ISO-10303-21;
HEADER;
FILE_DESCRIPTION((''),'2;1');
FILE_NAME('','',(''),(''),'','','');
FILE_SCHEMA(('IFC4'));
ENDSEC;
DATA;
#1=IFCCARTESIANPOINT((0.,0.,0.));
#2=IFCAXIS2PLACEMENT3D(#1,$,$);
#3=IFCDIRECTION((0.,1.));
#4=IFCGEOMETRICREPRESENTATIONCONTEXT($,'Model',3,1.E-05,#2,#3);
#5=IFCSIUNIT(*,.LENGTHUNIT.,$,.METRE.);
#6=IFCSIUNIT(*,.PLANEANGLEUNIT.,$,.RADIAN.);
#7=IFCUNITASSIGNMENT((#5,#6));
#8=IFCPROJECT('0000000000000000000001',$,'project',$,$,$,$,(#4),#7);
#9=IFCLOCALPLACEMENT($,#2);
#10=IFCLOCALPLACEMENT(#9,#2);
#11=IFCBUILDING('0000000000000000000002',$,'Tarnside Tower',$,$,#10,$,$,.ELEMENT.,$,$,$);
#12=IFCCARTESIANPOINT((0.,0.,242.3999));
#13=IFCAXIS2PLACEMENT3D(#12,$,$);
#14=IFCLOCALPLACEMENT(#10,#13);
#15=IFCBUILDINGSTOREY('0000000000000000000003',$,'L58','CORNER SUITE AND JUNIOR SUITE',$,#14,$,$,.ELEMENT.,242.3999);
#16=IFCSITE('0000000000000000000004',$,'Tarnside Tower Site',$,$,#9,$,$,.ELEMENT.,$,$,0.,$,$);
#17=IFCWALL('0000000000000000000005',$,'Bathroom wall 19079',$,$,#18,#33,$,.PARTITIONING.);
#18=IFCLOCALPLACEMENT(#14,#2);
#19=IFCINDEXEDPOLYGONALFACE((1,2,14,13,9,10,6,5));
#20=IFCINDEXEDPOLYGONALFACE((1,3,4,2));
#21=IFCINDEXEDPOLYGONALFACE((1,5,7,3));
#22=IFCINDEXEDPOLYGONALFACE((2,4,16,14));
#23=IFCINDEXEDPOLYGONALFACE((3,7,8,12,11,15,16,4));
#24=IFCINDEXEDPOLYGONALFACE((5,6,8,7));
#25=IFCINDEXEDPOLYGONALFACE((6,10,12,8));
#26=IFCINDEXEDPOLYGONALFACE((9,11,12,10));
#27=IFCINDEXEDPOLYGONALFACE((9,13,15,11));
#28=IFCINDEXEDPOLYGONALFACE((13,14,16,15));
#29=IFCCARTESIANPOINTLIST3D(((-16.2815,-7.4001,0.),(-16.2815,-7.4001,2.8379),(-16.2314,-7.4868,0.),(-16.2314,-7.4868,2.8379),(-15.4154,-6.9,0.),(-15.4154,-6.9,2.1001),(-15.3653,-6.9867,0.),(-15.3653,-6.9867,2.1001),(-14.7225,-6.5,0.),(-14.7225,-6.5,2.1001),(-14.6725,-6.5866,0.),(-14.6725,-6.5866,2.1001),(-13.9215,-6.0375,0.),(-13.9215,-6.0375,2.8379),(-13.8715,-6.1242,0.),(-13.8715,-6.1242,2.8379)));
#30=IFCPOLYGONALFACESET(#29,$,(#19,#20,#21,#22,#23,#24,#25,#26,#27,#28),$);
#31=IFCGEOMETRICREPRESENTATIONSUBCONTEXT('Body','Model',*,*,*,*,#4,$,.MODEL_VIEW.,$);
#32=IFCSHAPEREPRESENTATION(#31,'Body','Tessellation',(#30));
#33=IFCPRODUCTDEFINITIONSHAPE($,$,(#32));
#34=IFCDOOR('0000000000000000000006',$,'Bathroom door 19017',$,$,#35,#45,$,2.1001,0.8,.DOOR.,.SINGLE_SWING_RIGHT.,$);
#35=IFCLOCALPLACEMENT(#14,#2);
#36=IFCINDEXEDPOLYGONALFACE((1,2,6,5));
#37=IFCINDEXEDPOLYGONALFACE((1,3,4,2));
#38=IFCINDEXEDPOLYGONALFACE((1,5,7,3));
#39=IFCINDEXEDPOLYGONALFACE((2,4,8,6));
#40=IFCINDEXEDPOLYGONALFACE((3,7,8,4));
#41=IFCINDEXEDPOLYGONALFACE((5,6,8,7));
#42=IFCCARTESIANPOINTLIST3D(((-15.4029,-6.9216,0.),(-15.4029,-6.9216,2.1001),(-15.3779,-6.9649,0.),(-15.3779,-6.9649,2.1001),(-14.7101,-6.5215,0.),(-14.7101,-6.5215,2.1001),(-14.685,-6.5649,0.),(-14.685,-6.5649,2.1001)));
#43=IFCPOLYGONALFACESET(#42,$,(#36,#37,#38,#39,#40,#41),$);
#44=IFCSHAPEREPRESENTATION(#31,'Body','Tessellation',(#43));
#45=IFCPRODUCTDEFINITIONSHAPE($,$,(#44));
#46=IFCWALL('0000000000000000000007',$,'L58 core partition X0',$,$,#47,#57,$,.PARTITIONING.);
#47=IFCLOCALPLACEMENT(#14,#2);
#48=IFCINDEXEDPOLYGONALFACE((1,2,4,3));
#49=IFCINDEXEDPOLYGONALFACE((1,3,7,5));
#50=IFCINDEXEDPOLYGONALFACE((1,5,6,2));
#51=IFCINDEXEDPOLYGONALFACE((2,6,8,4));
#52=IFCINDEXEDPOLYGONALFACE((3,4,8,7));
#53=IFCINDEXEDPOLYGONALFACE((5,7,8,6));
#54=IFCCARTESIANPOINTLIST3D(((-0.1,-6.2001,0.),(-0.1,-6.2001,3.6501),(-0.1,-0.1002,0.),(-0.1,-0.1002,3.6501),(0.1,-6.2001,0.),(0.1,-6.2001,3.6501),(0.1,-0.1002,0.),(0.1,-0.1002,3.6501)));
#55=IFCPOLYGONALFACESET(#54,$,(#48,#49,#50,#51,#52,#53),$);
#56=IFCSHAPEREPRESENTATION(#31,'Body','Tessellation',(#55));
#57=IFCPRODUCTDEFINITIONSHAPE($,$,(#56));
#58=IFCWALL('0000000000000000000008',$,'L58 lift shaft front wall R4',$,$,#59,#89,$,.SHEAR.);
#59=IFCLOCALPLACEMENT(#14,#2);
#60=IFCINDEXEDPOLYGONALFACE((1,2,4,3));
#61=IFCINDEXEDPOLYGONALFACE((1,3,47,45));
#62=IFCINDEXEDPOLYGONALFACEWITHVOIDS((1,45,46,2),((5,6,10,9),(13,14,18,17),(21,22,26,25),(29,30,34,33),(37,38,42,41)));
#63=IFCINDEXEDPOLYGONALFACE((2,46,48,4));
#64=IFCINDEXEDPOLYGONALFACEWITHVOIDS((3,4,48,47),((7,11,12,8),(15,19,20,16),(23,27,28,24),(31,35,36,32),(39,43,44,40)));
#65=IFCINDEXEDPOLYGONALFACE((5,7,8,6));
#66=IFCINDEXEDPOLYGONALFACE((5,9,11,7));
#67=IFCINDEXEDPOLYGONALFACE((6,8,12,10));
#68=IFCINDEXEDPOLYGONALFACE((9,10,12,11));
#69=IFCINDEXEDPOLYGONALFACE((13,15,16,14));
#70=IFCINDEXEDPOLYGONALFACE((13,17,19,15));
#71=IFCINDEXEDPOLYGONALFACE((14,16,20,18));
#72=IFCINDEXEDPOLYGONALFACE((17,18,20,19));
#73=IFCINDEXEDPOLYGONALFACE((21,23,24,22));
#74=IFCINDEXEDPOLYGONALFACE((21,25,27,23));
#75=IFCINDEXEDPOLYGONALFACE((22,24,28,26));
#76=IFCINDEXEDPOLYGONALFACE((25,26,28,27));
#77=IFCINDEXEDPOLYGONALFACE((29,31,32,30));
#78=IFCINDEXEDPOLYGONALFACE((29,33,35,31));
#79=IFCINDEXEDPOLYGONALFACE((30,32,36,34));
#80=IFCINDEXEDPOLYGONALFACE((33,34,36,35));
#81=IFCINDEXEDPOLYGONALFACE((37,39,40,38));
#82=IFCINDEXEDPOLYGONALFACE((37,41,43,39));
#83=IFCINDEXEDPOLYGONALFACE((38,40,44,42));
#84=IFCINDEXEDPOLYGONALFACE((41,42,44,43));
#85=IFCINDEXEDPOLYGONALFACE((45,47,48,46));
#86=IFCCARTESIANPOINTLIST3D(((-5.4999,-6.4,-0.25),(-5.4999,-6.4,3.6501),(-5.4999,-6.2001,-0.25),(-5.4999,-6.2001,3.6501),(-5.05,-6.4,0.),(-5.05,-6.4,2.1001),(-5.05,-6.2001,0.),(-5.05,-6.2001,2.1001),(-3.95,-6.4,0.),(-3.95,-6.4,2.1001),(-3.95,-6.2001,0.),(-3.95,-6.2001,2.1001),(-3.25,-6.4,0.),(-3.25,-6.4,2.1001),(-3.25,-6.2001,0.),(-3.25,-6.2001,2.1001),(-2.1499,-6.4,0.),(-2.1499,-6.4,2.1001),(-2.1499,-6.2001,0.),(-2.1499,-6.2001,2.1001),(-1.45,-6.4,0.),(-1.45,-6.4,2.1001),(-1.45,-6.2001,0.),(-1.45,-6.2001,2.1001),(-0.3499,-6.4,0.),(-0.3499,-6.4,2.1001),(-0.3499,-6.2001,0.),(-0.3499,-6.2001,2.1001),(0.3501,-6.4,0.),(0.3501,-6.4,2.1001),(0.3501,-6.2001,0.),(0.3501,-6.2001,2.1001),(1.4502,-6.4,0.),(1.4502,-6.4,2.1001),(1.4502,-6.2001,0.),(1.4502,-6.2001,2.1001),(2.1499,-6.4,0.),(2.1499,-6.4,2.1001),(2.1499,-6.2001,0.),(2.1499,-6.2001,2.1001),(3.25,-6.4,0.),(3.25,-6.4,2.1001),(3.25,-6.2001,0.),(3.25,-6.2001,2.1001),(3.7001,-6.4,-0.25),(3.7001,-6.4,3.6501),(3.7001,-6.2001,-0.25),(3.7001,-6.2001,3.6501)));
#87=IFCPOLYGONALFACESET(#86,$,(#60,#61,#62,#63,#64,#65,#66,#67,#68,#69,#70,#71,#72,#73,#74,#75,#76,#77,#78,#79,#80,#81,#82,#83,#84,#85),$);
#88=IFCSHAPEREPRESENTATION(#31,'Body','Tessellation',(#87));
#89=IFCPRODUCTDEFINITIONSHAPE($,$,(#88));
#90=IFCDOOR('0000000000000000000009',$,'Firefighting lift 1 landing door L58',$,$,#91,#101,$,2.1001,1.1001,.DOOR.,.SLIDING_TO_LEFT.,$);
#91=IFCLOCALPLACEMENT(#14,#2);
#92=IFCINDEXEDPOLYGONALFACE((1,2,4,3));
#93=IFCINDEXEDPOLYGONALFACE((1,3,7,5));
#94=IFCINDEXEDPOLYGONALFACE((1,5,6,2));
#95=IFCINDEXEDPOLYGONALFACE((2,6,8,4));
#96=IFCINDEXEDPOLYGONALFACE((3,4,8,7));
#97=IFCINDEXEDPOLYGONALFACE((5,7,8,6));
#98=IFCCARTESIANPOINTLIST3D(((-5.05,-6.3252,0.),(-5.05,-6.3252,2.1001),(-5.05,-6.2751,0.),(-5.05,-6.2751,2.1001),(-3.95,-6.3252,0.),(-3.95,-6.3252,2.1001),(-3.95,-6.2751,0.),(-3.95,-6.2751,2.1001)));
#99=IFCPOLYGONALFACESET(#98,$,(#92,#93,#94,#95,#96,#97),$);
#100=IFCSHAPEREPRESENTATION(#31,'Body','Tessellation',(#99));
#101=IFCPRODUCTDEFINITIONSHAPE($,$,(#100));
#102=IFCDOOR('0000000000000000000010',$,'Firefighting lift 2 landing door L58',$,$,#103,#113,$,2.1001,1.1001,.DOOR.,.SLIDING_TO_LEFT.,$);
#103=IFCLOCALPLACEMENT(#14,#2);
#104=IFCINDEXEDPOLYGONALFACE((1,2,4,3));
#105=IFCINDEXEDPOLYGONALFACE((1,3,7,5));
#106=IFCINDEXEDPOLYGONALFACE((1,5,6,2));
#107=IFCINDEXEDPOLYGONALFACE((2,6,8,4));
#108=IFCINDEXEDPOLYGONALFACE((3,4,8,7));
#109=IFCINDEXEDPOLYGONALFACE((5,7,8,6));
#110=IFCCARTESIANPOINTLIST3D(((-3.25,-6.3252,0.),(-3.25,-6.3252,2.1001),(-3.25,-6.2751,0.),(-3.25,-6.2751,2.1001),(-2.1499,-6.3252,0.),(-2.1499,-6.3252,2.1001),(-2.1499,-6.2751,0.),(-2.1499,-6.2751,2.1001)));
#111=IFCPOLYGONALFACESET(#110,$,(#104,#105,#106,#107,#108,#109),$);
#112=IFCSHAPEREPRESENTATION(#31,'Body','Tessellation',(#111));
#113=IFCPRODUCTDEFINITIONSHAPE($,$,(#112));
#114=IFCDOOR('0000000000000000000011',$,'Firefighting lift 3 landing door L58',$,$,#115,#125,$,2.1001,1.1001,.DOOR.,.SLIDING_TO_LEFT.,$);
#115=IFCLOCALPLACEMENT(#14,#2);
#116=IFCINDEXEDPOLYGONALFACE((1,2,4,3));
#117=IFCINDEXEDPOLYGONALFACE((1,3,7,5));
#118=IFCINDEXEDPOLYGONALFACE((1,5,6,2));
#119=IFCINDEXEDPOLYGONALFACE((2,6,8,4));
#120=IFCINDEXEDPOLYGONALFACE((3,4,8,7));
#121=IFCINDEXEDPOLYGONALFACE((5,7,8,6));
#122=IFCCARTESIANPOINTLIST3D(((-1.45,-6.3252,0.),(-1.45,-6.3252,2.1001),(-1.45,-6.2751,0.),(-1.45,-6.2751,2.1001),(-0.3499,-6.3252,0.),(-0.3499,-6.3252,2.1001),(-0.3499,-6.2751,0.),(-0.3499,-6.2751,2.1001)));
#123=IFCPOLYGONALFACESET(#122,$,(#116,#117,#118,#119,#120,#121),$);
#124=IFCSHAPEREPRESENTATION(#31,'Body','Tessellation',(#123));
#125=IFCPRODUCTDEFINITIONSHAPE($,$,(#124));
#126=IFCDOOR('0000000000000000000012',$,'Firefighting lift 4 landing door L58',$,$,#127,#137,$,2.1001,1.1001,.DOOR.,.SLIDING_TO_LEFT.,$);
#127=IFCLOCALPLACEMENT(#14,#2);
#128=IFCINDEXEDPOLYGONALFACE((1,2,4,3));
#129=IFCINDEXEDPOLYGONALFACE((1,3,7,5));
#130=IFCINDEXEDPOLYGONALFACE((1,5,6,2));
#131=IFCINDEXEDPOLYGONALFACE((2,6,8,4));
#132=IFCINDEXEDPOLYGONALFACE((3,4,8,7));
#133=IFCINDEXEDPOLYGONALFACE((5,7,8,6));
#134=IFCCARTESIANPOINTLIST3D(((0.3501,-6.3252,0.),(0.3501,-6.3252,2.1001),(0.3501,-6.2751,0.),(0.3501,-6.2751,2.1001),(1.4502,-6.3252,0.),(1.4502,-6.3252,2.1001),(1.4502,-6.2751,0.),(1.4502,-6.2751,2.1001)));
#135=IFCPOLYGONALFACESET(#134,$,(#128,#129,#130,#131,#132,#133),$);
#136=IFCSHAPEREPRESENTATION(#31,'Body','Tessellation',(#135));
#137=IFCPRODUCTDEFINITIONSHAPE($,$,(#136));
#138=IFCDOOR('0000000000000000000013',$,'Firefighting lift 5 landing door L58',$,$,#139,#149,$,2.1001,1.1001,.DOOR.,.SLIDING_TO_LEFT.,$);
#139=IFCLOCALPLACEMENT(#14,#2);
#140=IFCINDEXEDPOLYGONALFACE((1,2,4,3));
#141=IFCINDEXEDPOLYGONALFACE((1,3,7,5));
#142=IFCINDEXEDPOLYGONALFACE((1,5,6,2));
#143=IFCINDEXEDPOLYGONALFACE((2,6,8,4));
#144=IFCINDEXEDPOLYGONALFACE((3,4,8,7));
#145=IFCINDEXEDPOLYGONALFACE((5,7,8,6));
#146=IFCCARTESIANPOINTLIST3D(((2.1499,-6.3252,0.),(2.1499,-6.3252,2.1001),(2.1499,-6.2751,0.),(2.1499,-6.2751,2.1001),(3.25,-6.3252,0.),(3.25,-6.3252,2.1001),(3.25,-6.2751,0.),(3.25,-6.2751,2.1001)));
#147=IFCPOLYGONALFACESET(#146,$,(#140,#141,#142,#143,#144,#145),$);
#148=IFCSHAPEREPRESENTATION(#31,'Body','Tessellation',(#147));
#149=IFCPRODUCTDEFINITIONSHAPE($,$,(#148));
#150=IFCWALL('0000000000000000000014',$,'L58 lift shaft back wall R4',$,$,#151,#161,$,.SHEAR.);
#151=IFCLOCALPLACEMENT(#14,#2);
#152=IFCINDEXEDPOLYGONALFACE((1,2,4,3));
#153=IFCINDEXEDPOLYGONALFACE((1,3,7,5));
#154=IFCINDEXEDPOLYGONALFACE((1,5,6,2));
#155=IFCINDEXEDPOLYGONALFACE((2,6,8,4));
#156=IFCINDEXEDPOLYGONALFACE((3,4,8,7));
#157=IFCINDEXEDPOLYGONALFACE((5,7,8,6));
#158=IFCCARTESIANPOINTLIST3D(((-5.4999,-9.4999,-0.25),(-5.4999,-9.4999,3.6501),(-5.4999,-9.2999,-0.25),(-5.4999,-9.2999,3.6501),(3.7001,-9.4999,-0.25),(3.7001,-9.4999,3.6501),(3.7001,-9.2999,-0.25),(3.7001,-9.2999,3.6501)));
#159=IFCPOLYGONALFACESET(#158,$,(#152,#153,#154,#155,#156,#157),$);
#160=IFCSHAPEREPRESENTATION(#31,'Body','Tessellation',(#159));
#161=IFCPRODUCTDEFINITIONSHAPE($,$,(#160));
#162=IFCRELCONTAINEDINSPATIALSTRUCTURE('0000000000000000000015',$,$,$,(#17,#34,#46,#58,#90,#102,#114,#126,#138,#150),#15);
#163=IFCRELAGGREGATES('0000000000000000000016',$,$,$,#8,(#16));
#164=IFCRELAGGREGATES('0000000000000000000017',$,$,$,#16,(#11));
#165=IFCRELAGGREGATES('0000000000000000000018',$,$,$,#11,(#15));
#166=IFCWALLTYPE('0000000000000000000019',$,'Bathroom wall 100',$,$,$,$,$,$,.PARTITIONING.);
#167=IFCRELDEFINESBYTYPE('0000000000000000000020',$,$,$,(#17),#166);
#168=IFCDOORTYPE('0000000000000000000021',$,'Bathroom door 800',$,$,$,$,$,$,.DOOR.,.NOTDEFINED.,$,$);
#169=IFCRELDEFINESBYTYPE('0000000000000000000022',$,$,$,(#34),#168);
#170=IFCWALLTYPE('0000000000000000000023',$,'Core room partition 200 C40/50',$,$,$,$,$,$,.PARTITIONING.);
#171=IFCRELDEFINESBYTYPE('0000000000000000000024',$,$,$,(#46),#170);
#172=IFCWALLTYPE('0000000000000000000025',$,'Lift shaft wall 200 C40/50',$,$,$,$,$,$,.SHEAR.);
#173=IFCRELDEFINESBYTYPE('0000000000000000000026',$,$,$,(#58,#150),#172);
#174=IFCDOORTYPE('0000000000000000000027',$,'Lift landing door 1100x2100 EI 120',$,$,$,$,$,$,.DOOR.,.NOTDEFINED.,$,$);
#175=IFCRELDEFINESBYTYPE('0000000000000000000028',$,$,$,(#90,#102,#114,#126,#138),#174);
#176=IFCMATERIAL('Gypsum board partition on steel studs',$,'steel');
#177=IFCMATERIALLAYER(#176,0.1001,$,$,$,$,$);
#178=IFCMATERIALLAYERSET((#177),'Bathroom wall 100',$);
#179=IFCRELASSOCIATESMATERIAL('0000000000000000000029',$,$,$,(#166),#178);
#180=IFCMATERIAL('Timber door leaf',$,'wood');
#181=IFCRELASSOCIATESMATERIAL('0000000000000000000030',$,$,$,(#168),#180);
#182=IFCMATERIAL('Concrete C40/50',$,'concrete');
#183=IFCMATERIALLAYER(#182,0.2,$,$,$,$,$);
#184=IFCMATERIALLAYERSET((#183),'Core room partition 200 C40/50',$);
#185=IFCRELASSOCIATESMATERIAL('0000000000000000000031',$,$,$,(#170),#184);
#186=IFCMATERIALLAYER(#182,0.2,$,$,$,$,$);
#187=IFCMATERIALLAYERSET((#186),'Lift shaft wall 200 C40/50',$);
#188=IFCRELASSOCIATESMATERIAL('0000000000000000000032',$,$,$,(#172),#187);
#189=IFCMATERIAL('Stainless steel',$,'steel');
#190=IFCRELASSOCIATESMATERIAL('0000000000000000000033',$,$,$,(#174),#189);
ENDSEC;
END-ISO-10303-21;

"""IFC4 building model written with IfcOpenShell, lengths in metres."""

from ifc_helpers import new_model, si_unit, direction, frame, frame_2d, origin, place, context, subcontext, project, spatial, rectangle, extrude, material, layer, layer_set, type_object, element, fill, save


model = new_model("IFC4")

# Units and contexts
model_context = context("Model", 3, precision=1e-05, world=origin(), true_north=direction((0.0, 1.0)))
body_context = subcontext(model_context, "Body", "Model", "MODEL_VIEW")
ifc_project = project(units=[si_unit("LENGTHUNIT", "METRE"), si_unit("PLANEANGLEUNIT", "RADIAN")], contexts=[model_context])

# Site, building, storey
site_placement = place(None, origin())
site = spatial("IfcSite", under=ifc_project, at=site_placement, Name="Tarnside Tower Site", CompositionType="ELEMENT", RefElevation=0.0)
building_placement = place(site_placement, origin())
building = spatial("IfcBuilding", under=site, at=building_placement, Name="Tarnside Tower", CompositionType="ELEMENT")
storey_placement = place(building_placement, frame((0.0, 0.0, 242.3999)))
storey = spatial("IfcBuildingStorey", under=building, at=storey_placement, Name="L58", Description="CORNER SUITE AND JUNIOR SUITE", CompositionType="ELEMENT", Elevation=242.3999)

# Wall, opening, door
ifc_material_1 = material(Name="Gypsum board partition on steel studs", Category="steel")
ifc_layer_1 = layer(ifc_material_1, 0.1001)
ifc_layer_set_1 = layer_set([ifc_layer_1], Name="Bathroom wall 100")
wall_type_1 = type_object("IfcWallType", Name="Bathroom wall 100", PredefinedType="PARTITIONING", material=ifc_layer_set_1)
wall_1_placement = place(storey_placement, frame((-13.8965, -6.0808, 0.0), z_axis=(0.0, 0.0, 1.0), x_axis=(-0.866013, -0.500022, 0.0)))
wall_1 = element("IfcWall", 1, at=wall_1_placement, inside=storey, type_object=wall_type_1, Name="Bathroom wall 19079", PredefinedType="PARTITIONING", context=body_context, shape_type="SweptSolid", body=[
    extrude(rectangle(XDim=2.7251, YDim=0.1001, at=frame_2d((1.3625, 0.0))), origin(), (0.0, 0.0, 1.0), 2.8379),
])
opening_1_placement = place(wall_1_placement, frame((0.925, 0.0, 0.0)))
opening_1 = element("IfcOpeningElement", 2, at=opening_1_placement, cuts=wall_1, PredefinedType="OPENING", context=body_context, shape_type="SweptSolid", body=[
    extrude(rectangle(XDim=0.8, YDim=2.1001, at=frame_2d((0.3999, 1.05))), frame((0.0, 0.0601, 0.0), z_axis=(0.0, -1.0, 0.0), x_axis=(1.0, 0.0, 0.0)), (0.0, 0.0, 1.0), 0.1201),
])
ifc_material_2 = material(Name="Timber door leaf", Category="wood")
door_type_1 = type_object("IfcDoorType", Name="Bathroom door 800", OperationType="NOTDEFINED", PredefinedType="DOOR", material=ifc_material_2)
door_1_placement = place(opening_1_placement, origin())
door_1 = element("IfcDoor", 3, at=door_1_placement, inside=storey, type_object=door_type_1, Name="Bathroom door 19017", OperationType="SINGLE_SWING_RIGHT", OverallHeight=2.1001, OverallWidth=0.8, PredefinedType="DOOR", context=body_context, shape_type="SweptSolid", body=[
    extrude(rectangle(XDim=0.8, YDim=2.1001, at=frame_2d((0.3999, 1.05))), frame((0.0, 0.0249, 0.0), z_axis=(0.0, -1.0, 0.0), x_axis=(1.0, 0.0, 0.0)), (0.0, 0.0, 1.0), 0.05),
])
fill(opening_1, door_1)

# Wall
ifc_material_3 = material(Name="Concrete C40/50", Category="concrete")
ifc_layer_2 = layer(ifc_material_3, 0.2)
ifc_layer_set_2 = layer_set([ifc_layer_2], Name="Core room partition 200 C40/50")
wall_type_2 = type_object("IfcWallType", Name="Core room partition 200 C40/50", PredefinedType="PARTITIONING", material=ifc_layer_set_2)
wall_2_placement = place(storey_placement, frame((0.0, -6.2, 0.0), z_axis=(0.0, 0.0, 1.0), x_axis=(0.0, 1.0, 0.0)))
element("IfcWall", 4, at=wall_2_placement, inside=storey, type_object=wall_type_2, Name="L58 core partition X0", PredefinedType="PARTITIONING", context=body_context, shape_type="SweptSolid", body=[
    extrude(rectangle(XDim=6.0999, YDim=0.2, at=frame_2d((3.0498, 0.0))), origin(), (0.0, 0.0, 1.0), 3.6501),
])

# Wall, openings, doors
ifc_layer_3 = layer(ifc_material_3, 0.2)
ifc_layer_set_3 = layer_set([ifc_layer_3], Name="Lift shaft wall 200 C40/50")
wall_type_3 = type_object("IfcWallType", Name="Lift shaft wall 200 C40/50", PredefinedType="SHEAR", material=ifc_layer_set_3)
wall_3_placement = place(storey_placement, frame((-5.5, -6.3, -0.25), z_axis=(0.0, 0.0, 1.0), x_axis=(1.0, 0.0, 0.0)))
wall_3 = element("IfcWall", 5, at=wall_3_placement, inside=storey, type_object=wall_type_3, Name="L58 lift shaft front wall R4", PredefinedType="SHEAR", context=body_context, shape_type="SweptSolid", body=[
    extrude(rectangle(XDim=9.2, YDim=0.2, at=frame_2d((4.6001, 0.0))), origin(), (0.0, 0.0, 1.0), 3.9001),
])
opening_2_placement = place(wall_3_placement, frame((0.45, 0.0, 0.25)))
opening_2 = element("IfcOpeningElement", 6, at=opening_2_placement, cuts=wall_3, PredefinedType="OPENING", context=body_context, shape_type="SweptSolid", body=[
    extrude(rectangle(XDim=1.1001, YDim=2.1001, at=frame_2d((0.55, 1.05))), frame((0.0, 0.1099, 0.0), z_axis=(0.0, -1.0, 0.0), x_axis=(1.0, 0.0, 0.0)), (0.0, 0.0, 1.0), 0.22),
])
opening_3_placement = place(wall_3_placement, frame((2.25, 0.0, 0.25)))
opening_3 = element("IfcOpeningElement", 7, at=opening_3_placement, cuts=wall_3, PredefinedType="OPENING", context=body_context, shape_type="SweptSolid", body=[
    extrude(rectangle(XDim=1.1001, YDim=2.1001, at=frame_2d((0.55, 1.05))), frame((0.0, 0.1099, 0.0), z_axis=(0.0, -1.0, 0.0), x_axis=(1.0, 0.0, 0.0)), (0.0, 0.0, 1.0), 0.22),
])
opening_4_placement = place(wall_3_placement, frame((4.05, 0.0, 0.25)))
opening_4 = element("IfcOpeningElement", 8, at=opening_4_placement, cuts=wall_3, PredefinedType="OPENING", context=body_context, shape_type="SweptSolid", body=[
    extrude(rectangle(XDim=1.1001, YDim=2.1001, at=frame_2d((0.55, 1.05))), frame((0.0, 0.1099, 0.0), z_axis=(0.0, -1.0, 0.0), x_axis=(1.0, 0.0, 0.0)), (0.0, 0.0, 1.0), 0.22),
])
opening_5_placement = place(wall_3_placement, frame((5.8501, 0.0, 0.25)))
opening_5 = element("IfcOpeningElement", 9, at=opening_5_placement, cuts=wall_3, PredefinedType="OPENING", context=body_context, shape_type="SweptSolid", body=[
    extrude(rectangle(XDim=1.1001, YDim=2.1001, at=frame_2d((0.55, 1.05))), frame((0.0, 0.1099, 0.0), z_axis=(0.0, -1.0, 0.0), x_axis=(1.0, 0.0, 0.0)), (0.0, 0.0, 1.0), 0.22),
])
opening_6_placement = place(wall_3_placement, frame((7.6499, 0.0, 0.25)))
opening_6 = element("IfcOpeningElement", 10, at=opening_6_placement, cuts=wall_3, PredefinedType="OPENING", context=body_context, shape_type="SweptSolid", body=[
    extrude(rectangle(XDim=1.1001, YDim=2.1001, at=frame_2d((0.55, 1.05))), frame((0.0, 0.1099, 0.0), z_axis=(0.0, -1.0, 0.0), x_axis=(1.0, 0.0, 0.0)), (0.0, 0.0, 1.0), 0.22),
])
ifc_material_4 = material(Name="Stainless steel", Category="steel")
door_type_2 = type_object("IfcDoorType", Name="Lift landing door 1100x2100 EI 120", OperationType="NOTDEFINED", PredefinedType="DOOR", material=ifc_material_4)
door_2_placement = place(opening_2_placement, origin())
door_2 = element("IfcDoor", 11, at=door_2_placement, inside=storey, type_object=door_type_2, Name="Firefighting lift 1 landing door L58", OperationType="SLIDING_TO_LEFT", OverallHeight=2.1001, OverallWidth=1.1001, PredefinedType="DOOR", context=body_context, shape_type="SweptSolid", body=[
    extrude(rectangle(XDim=1.1001, YDim=2.1001, at=frame_2d((0.55, 1.05))), frame((0.0, 0.0249, 0.0), z_axis=(0.0, -1.0, 0.0), x_axis=(1.0, 0.0, 0.0)), (0.0, 0.0, 1.0), 0.05),
])
fill(opening_2, door_2)
door_3_placement = place(opening_3_placement, origin())
door_3 = element("IfcDoor", 12, at=door_3_placement, inside=storey, type_object=door_type_2, Name="Firefighting lift 2 landing door L58", OperationType="SLIDING_TO_LEFT", OverallHeight=2.1001, OverallWidth=1.1001, PredefinedType="DOOR", context=body_context, shape_type="SweptSolid", body=[
    extrude(rectangle(XDim=1.1001, YDim=2.1001, at=frame_2d((0.55, 1.05))), frame((0.0, 0.0249, 0.0), z_axis=(0.0, -1.0, 0.0), x_axis=(1.0, 0.0, 0.0)), (0.0, 0.0, 1.0), 0.05),
])
fill(opening_3, door_3)
door_4_placement = place(opening_4_placement, origin())
door_4 = element("IfcDoor", 13, at=door_4_placement, inside=storey, type_object=door_type_2, Name="Firefighting lift 3 landing door L58", OperationType="SLIDING_TO_LEFT", OverallHeight=2.1001, OverallWidth=1.1001, PredefinedType="DOOR", context=body_context, shape_type="SweptSolid", body=[
    extrude(rectangle(XDim=1.1001, YDim=2.1001, at=frame_2d((0.55, 1.05))), frame((0.0, 0.0249, 0.0), z_axis=(0.0, -1.0, 0.0), x_axis=(1.0, 0.0, 0.0)), (0.0, 0.0, 1.0), 0.05),
])
fill(opening_4, door_4)
door_5_placement = place(opening_5_placement, origin())
door_5 = element("IfcDoor", 14, at=door_5_placement, inside=storey, type_object=door_type_2, Name="Firefighting lift 4 landing door L58", OperationType="SLIDING_TO_LEFT", OverallHeight=2.1001, OverallWidth=1.1001, PredefinedType="DOOR", context=body_context, shape_type="SweptSolid", body=[
    extrude(rectangle(XDim=1.1001, YDim=2.1001, at=frame_2d((0.55, 1.05))), frame((0.0, 0.0249, 0.0), z_axis=(0.0, -1.0, 0.0), x_axis=(1.0, 0.0, 0.0)), (0.0, 0.0, 1.0), 0.05),
])
fill(opening_5, door_5)
door_6_placement = place(opening_6_placement, origin())
door_6 = element("IfcDoor", 15, at=door_6_placement, inside=storey, type_object=door_type_2, Name="Firefighting lift 5 landing door L58", OperationType="SLIDING_TO_LEFT", OverallHeight=2.1001, OverallWidth=1.1001, PredefinedType="DOOR", context=body_context, shape_type="SweptSolid", body=[
    extrude(rectangle(XDim=1.1001, YDim=2.1001, at=frame_2d((0.55, 1.05))), frame((0.0, 0.0249, 0.0), z_axis=(0.0, -1.0, 0.0), x_axis=(1.0, 0.0, 0.0)), (0.0, 0.0, 1.0), 0.05),
])
fill(opening_6, door_6)

# Wall
wall_4_placement = place(storey_placement, frame((-5.5, -9.3999, -0.25), z_axis=(0.0, 0.0, 1.0), x_axis=(1.0, 0.0, 0.0)))
element("IfcWall", 16, at=wall_4_placement, inside=storey, type_object=wall_type_3, Name="L58 lift shaft back wall R4", PredefinedType="SHEAR", context=body_context, shape_type="SweptSolid", body=[
    extrude(rectangle(XDim=9.2, YDim=0.2, at=frame_2d((4.6001, 0.0))), origin(), (0.0, 0.0, 1.0), 3.9001),
])

save(model, "model.ifc")
